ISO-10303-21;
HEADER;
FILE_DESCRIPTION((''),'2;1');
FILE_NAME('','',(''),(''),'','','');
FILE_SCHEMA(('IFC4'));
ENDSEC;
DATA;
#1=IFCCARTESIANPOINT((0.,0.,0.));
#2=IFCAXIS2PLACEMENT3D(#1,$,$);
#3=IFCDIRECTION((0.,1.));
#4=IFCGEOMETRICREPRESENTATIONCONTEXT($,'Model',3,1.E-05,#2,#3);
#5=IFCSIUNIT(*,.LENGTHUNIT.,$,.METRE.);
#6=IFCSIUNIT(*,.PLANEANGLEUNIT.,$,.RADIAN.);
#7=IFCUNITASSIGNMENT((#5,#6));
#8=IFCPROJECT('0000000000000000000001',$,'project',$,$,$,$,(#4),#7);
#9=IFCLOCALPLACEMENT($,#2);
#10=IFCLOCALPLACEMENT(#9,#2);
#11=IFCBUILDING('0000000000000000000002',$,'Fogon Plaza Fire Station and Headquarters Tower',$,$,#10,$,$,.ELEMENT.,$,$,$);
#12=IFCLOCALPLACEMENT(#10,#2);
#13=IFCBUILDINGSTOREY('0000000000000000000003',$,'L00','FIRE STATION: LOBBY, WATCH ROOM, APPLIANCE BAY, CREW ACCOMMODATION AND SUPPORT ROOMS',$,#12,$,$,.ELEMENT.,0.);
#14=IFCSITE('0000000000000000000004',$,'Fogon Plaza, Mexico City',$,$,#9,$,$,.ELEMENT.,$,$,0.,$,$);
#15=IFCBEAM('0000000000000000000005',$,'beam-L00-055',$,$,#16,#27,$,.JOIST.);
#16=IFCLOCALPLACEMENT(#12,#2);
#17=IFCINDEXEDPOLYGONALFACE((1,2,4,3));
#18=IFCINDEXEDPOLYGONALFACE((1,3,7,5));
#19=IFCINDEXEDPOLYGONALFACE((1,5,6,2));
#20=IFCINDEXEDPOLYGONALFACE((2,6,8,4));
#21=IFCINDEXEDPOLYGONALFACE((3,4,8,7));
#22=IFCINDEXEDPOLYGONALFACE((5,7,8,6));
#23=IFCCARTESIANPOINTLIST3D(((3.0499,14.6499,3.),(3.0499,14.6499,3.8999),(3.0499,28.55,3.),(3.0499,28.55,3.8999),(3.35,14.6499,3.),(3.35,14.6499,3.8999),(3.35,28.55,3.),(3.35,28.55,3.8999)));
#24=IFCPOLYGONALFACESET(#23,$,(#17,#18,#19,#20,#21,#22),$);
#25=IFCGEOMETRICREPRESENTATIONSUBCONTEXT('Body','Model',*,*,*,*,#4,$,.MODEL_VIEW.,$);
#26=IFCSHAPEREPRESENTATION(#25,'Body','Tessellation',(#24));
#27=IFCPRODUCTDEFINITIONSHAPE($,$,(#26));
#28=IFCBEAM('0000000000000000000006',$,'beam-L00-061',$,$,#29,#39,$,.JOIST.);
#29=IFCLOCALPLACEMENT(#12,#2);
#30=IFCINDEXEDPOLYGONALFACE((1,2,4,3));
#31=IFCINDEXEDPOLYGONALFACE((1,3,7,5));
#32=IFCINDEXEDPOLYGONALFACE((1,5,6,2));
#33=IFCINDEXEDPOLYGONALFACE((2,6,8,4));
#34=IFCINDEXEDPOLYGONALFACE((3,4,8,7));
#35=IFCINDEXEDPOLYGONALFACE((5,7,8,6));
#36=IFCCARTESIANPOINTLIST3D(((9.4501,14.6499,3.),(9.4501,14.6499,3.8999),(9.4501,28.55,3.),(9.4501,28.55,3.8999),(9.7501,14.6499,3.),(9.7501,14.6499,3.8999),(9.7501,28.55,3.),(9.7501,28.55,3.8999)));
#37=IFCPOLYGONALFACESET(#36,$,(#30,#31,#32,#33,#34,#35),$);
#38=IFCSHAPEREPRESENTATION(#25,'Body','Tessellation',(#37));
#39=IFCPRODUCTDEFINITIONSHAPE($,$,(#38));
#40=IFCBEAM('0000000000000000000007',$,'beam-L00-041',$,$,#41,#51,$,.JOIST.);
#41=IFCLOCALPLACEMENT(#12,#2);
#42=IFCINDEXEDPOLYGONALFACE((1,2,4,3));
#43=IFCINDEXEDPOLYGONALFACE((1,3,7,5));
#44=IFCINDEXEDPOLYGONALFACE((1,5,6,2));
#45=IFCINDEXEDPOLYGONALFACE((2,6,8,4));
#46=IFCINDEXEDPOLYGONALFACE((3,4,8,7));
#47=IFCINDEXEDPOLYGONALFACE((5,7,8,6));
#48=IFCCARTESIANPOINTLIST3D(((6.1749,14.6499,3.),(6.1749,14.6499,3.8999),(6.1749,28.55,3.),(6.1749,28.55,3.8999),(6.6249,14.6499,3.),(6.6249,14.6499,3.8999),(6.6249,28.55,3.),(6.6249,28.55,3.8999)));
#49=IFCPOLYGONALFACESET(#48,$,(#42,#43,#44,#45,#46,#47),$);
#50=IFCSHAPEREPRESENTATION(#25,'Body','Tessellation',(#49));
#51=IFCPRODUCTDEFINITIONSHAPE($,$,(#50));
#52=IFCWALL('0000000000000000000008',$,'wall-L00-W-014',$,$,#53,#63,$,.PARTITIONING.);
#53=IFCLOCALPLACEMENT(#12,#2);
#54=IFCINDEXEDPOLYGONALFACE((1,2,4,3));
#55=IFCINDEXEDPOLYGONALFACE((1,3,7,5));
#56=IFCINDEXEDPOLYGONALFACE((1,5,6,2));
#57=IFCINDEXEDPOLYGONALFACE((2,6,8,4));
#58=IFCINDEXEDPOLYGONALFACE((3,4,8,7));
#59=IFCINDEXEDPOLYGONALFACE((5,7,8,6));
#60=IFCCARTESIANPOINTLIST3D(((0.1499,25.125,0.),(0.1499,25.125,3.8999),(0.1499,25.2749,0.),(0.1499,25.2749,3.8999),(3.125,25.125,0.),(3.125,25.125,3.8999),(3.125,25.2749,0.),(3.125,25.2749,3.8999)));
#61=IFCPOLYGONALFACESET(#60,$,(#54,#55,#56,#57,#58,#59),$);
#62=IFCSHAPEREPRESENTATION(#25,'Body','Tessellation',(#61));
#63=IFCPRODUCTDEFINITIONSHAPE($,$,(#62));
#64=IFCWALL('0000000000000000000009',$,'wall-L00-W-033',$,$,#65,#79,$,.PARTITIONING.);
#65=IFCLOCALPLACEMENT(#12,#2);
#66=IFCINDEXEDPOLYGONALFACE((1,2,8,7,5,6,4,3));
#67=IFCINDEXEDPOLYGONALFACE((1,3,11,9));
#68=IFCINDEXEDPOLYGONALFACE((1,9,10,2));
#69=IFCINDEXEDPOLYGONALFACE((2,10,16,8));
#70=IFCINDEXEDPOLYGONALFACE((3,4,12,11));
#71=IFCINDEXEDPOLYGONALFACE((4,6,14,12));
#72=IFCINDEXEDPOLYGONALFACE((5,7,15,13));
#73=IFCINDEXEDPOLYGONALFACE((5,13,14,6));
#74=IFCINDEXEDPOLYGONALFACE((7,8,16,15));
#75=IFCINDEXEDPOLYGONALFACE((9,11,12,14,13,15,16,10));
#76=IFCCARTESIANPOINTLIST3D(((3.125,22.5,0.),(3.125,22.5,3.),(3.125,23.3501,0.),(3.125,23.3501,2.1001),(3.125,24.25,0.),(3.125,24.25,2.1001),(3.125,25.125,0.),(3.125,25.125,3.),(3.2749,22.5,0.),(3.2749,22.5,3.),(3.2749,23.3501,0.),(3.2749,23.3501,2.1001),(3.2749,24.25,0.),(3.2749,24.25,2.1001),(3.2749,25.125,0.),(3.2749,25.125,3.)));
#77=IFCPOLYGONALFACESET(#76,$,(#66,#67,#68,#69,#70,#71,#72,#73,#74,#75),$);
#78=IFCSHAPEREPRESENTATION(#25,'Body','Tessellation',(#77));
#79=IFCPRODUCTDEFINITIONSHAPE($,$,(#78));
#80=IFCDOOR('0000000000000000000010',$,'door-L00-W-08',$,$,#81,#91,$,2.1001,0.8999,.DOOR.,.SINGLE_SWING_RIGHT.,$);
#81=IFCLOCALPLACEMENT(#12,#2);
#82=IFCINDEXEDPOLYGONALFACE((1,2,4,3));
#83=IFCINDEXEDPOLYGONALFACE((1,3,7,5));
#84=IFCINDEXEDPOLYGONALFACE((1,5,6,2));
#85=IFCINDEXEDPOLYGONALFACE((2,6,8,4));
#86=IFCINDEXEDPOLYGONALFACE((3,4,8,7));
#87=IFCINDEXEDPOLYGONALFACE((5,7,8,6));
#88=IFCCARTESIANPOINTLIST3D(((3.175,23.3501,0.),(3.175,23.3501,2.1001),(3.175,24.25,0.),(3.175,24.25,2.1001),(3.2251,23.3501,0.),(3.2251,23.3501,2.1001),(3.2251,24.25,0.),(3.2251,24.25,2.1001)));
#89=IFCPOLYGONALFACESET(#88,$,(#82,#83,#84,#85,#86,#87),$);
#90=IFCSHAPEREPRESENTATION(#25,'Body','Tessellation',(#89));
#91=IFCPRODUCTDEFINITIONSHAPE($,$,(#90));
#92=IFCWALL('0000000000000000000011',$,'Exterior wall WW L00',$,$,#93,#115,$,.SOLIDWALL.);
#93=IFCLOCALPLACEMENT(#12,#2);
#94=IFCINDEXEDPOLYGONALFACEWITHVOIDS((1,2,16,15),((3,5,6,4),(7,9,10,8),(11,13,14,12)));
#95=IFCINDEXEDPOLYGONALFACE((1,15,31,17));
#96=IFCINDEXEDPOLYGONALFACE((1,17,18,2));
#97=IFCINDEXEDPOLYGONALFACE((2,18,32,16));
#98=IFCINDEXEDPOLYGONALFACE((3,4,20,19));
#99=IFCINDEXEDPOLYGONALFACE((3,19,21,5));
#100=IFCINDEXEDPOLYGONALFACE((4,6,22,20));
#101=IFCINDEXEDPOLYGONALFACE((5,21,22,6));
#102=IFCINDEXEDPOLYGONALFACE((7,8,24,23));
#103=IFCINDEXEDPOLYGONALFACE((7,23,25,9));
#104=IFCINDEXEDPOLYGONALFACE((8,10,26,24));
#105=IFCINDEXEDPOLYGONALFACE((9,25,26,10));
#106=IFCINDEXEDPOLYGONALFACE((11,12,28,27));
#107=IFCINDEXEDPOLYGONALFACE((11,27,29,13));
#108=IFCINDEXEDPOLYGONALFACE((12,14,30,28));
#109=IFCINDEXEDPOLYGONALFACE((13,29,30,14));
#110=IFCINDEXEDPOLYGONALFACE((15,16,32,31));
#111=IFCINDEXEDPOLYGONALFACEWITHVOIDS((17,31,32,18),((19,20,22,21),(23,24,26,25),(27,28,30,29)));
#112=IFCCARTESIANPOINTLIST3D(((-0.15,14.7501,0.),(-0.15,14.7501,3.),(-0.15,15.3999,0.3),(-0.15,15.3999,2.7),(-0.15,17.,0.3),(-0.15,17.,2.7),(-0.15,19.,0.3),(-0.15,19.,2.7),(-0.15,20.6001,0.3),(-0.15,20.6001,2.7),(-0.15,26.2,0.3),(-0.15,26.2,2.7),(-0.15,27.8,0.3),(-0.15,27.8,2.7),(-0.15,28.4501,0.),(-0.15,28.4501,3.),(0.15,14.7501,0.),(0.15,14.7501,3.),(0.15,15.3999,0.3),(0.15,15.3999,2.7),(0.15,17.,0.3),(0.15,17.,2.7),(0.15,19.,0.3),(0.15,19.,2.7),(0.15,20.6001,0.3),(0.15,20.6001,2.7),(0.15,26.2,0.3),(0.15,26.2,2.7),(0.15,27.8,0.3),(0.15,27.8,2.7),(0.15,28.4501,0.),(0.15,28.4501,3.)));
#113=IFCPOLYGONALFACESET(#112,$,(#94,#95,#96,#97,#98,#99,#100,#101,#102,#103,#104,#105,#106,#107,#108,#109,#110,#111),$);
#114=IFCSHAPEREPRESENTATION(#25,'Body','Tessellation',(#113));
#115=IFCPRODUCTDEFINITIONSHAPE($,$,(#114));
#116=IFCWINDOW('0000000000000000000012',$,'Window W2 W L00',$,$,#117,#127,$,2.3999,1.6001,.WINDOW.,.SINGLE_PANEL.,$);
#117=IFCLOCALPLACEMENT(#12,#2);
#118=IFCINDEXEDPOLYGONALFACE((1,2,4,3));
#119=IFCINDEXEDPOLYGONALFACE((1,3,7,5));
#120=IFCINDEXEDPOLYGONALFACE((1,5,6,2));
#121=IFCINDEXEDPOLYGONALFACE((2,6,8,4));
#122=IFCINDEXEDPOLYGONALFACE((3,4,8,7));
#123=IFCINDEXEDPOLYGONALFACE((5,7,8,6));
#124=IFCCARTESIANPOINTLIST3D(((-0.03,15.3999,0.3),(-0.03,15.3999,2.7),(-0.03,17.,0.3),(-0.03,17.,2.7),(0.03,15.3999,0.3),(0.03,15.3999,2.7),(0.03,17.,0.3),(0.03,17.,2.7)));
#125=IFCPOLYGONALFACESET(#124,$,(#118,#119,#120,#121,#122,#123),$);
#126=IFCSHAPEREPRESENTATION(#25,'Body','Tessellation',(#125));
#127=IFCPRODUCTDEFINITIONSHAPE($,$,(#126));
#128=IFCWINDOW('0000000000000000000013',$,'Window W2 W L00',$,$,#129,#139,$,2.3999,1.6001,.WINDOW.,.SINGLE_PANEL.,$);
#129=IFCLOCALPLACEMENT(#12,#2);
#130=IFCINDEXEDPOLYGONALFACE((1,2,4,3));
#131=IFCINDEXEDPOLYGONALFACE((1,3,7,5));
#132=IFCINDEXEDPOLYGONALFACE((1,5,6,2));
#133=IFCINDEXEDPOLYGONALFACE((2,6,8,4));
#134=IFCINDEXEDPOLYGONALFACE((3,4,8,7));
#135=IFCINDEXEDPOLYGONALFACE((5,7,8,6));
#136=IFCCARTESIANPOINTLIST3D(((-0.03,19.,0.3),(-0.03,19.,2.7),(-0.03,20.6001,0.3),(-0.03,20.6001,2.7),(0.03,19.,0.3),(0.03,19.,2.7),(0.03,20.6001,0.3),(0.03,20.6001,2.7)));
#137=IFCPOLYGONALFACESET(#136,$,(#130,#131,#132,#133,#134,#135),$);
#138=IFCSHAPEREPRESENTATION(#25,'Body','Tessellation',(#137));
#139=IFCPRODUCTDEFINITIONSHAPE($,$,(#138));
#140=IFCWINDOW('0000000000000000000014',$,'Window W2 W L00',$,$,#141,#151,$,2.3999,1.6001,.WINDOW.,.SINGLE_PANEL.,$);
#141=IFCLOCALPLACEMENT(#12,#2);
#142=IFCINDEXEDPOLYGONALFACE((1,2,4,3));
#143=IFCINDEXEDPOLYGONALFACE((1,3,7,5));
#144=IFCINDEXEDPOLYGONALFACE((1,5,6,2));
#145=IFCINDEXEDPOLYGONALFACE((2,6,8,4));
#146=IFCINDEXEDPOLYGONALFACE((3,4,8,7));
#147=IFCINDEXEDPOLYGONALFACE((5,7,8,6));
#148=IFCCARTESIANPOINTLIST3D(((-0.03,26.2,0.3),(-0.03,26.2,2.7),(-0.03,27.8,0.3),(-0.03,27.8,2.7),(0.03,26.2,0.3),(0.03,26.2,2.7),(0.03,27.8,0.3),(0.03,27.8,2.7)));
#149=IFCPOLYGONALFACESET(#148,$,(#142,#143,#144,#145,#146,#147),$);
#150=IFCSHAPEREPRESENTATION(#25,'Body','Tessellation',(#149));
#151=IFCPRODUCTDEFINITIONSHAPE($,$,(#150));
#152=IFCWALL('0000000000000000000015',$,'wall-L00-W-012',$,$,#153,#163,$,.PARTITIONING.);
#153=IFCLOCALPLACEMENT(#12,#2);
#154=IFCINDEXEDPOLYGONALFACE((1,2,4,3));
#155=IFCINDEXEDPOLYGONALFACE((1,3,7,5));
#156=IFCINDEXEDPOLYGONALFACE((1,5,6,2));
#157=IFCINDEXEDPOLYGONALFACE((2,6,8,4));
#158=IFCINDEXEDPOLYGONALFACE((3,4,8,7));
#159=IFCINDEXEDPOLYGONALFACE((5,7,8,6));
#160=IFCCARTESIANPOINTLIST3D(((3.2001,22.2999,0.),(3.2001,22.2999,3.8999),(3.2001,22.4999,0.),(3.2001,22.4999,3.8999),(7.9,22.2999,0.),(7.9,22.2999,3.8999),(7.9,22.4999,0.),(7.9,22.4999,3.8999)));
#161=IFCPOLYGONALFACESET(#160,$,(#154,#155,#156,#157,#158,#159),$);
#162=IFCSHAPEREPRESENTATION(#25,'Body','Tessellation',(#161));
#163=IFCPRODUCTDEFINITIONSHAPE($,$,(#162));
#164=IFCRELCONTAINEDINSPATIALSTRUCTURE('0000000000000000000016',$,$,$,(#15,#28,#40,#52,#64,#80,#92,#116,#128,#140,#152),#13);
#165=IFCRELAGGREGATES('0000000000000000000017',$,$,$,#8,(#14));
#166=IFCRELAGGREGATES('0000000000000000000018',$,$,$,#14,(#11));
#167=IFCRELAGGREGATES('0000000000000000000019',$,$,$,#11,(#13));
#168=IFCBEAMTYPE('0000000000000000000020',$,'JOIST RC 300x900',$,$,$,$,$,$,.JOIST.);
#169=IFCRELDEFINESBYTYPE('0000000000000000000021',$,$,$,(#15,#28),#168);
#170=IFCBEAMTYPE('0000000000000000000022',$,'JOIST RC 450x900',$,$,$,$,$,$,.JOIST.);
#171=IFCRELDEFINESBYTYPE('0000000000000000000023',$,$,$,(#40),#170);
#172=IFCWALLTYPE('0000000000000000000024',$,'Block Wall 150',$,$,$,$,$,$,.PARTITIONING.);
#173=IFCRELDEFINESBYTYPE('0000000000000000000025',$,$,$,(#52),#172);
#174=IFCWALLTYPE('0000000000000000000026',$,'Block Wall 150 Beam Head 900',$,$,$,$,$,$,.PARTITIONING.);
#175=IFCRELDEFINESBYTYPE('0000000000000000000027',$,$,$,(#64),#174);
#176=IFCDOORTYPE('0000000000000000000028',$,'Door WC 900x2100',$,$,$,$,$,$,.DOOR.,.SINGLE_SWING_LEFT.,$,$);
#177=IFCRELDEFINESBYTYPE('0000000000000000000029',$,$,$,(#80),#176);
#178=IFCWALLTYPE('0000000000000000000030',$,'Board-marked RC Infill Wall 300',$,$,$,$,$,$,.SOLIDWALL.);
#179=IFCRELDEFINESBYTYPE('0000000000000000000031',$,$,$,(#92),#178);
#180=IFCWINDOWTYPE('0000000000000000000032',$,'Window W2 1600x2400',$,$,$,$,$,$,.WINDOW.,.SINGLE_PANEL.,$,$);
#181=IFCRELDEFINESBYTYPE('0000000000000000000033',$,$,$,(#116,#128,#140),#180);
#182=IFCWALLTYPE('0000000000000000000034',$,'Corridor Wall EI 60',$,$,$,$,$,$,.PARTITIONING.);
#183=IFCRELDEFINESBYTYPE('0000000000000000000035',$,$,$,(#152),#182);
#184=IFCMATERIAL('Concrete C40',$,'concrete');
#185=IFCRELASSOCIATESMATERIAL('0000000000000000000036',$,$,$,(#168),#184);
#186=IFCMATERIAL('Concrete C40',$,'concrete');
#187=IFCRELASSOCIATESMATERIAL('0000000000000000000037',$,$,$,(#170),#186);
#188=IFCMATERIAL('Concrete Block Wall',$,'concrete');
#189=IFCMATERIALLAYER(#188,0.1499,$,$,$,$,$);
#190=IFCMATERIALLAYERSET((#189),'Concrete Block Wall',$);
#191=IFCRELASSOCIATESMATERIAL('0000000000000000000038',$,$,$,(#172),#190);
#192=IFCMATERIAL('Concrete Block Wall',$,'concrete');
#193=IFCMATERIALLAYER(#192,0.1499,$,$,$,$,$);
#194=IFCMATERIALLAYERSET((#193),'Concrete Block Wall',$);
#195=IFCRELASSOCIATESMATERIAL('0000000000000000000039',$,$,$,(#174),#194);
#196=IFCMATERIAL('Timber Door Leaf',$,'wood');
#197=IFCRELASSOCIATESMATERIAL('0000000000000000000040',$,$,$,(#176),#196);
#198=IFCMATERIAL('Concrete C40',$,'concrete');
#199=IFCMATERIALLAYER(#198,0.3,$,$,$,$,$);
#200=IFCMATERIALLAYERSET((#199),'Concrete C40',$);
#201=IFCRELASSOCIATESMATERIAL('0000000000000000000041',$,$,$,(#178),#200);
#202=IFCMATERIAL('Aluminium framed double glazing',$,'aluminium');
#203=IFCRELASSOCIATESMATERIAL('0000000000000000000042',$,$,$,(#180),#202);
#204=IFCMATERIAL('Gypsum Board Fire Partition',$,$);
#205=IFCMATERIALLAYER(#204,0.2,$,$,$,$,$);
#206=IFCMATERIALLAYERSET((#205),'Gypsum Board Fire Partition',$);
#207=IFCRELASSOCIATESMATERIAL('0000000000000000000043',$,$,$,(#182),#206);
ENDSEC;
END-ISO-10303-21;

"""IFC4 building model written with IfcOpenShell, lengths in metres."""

from ifc_helpers import new_model, si_unit, direction, frame, frame_2d, origin, origin_2d, place, context, subcontext, project, spatial, rectangle, extrude, material, layer, layer_set, material_profile, profile_set, type_object, element, fill, save


model = new_model("IFC4")

# Units and contexts
model_context = context("Model", 3, precision=1e-05, world=origin(), true_north=direction((0.0, 1.0)))
body_context = subcontext(model_context, "Body", "Model", "MODEL_VIEW")
ifc_project = project(units=[si_unit("LENGTHUNIT", "METRE"), si_unit("PLANEANGLEUNIT", "RADIAN")], contexts=[model_context])

# Site, building, storey
site_placement = place(None, origin())
site = spatial("IfcSite", under=ifc_project, at=site_placement, Name="Fogon Plaza, Mexico City", CompositionType="ELEMENT", RefElevation=0.0)
building_placement = place(site_placement, origin())
building = spatial("IfcBuilding", under=site, at=building_placement, Name="Fogon Plaza Fire Station and Headquarters Tower", CompositionType="ELEMENT")
storey_placement = place(building_placement, origin())
storey = spatial("IfcBuildingStorey", under=building, at=storey_placement, Name="L00", Description="FIRE STATION: LOBBY, WATCH ROOM, APPLIANCE BAY, CREW ACCOMMODATION AND SUPPORT ROOMS", CompositionType="ELEMENT", Elevation=0.0)

# Beams
ifc_material_1 = material(Name="Concrete C40", Category="concrete")
ifc_material_profile_1 = material_profile(ifc_material_1, rectangle(XDim=0.3, YDim=0.8999, at=origin_2d()), Name="RC 300x900")
ifc_profile_set_1 = profile_set([ifc_material_profile_1], Name="Concrete C40")
beam_type_1 = type_object("IfcBeamType", Name="JOIST RC 300x900", PredefinedType="JOIST", material=ifc_profile_set_1)
for number, where, z_axis, x_axis, name in (
    (1, (3.2, 14.6499, 3.45), (0.0, 1.0, 0.0), (-1.0, 0.0, 0.0), "beam-L00-055"),
    (2, (9.6001, 14.6499, 3.45), (0.0, 1.0, 0.0), (-1.0, 0.0, 0.0), "beam-L00-061"),
):
    element("IfcBeam", number, at=place(storey_placement, frame(where, z_axis=z_axis, x_axis=x_axis)), inside=storey, type_object=beam_type_1, Name=name, PredefinedType="JOIST", context=body_context, shape_type="SweptSolid", body=[
        extrude(rectangle(XDim=0.3, YDim=0.8999, at=origin_2d()), origin(), (0.0, 0.0, 1.0), 13.9001),
    ])
ifc_material_2 = material(Name="Concrete C40", Category="concrete")
ifc_material_profile_2 = material_profile(ifc_material_2, rectangle(XDim=0.45, YDim=0.8999, at=origin_2d()), Name="RC 450x900")
ifc_profile_set_2 = profile_set([ifc_material_profile_2], Name="Concrete C40")
beam_type_2 = type_object("IfcBeamType", Name="JOIST RC 450x900", PredefinedType="JOIST", material=ifc_profile_set_2)
beam_placement = place(storey_placement, frame((6.3999, 14.6499, 3.45), z_axis=(0.0, 1.0, 0.0), x_axis=(-1.0, 0.0, 0.0)))
element("IfcBeam", 3, at=beam_placement, inside=storey, type_object=beam_type_2, Name="beam-L00-041", PredefinedType="JOIST", context=body_context, shape_type="SweptSolid", body=[
    extrude(rectangle(XDim=0.45, YDim=0.8999, at=origin_2d()), origin(), (0.0, 0.0, 1.0), 13.9001),
])

# Wall
ifc_material_3 = material(Name="Concrete Block Wall", Category="concrete")
ifc_layer_1 = layer(ifc_material_3, 0.1499)
ifc_layer_set_1 = layer_set([ifc_layer_1], Name="Concrete Block Wall")
wall_type_1 = type_object("IfcWallType", Name="Block Wall 150", PredefinedType="PARTITIONING", material=ifc_layer_set_1)
wall_1_placement = place(storey_placement, frame((0.1499, 25.2, 0.0), z_axis=(0.0, 0.0, 1.0), x_axis=(1.0, 0.0, 0.0)))
element("IfcWall", 4, at=wall_1_placement, inside=storey, type_object=wall_type_1, Name="wall-L00-W-014", PredefinedType="PARTITIONING", context=body_context, shape_type="SweptSolid", body=[
    extrude(rectangle(XDim=2.9751, YDim=0.1499, at=frame_2d((1.4875, 0.0))), origin(), (0.0, 0.0, 1.0), 3.8999),
])

# Wall, opening, door
ifc_material_4 = material(Name="Concrete Block Wall", Category="concrete")
ifc_layer_2 = layer(ifc_material_4, 0.1499)
ifc_layer_set_2 = layer_set([ifc_layer_2], Name="Concrete Block Wall")
wall_type_2 = type_object("IfcWallType", Name="Block Wall 150 Beam Head 900", PredefinedType="PARTITIONING", material=ifc_layer_set_2)
wall_2_placement = place(storey_placement, frame((3.2, 22.5, 0.0), z_axis=(0.0, 0.0, 1.0), x_axis=(0.0, 1.0, 0.0)))
wall_2 = element("IfcWall", 5, at=wall_2_placement, inside=storey, type_object=wall_type_2, Name="wall-L00-W-033", PredefinedType="PARTITIONING", context=body_context, shape_type="SweptSolid", body=[
    extrude(rectangle(XDim=2.625, YDim=0.1499, at=frame_2d((1.3125, 0.0))), origin(), (0.0, 0.0, 1.0), 3.0),
])
opening_1_placement = place(wall_2_placement, frame((0.8501, 0.0, 0.0)))
opening_1 = element("IfcOpeningElement", 6, at=opening_1_placement, cuts=wall_2, PredefinedType="OPENING", context=body_context, shape_type="SweptSolid", body=[
    extrude(rectangle(XDim=0.8999, YDim=2.1001, at=frame_2d((0.45, 1.05))), frame((0.0, 0.085, 0.0), z_axis=(0.0, -1.0, 0.0), x_axis=(1.0, 0.0, 0.0)), (0.0, 0.0, 1.0), 0.1699),
])
ifc_material_5 = material(Name="Timber Door Leaf", Category="wood")
door_type_1 = type_object("IfcDoorType", Name="Door WC 900x2100", OperationType="SINGLE_SWING_LEFT", PredefinedType="DOOR", material=ifc_material_5)
door_1_placement = place(opening_1_placement, origin())
door_1 = element("IfcDoor", 7, at=door_1_placement, inside=storey, type_object=door_type_1, Name="door-L00-W-08", OperationType="SINGLE_SWING_RIGHT", OverallHeight=2.1001, OverallWidth=0.8999, PredefinedType="DOOR", context=body_context, shape_type="SweptSolid", body=[
    extrude(rectangle(XDim=0.8999, YDim=2.1001, at=frame_2d((0.45, 1.05))), frame((0.0, 0.0249, 0.0), z_axis=(0.0, -1.0, 0.0), x_axis=(1.0, 0.0, 0.0)), (0.0, 0.0, 1.0), 0.05),
])
fill(opening_1, door_1)

# Wall, openings, windows
ifc_material_6 = material(Name="Concrete C40", Category="concrete")
ifc_layer_3 = layer(ifc_material_6, 0.3)
ifc_layer_set_3 = layer_set([ifc_layer_3], Name="Concrete C40")
wall_type_3 = type_object("IfcWallType", Name="Board-marked RC Infill Wall 300", PredefinedType="SOLIDWALL", material=ifc_layer_set_3)
wall_3_placement = place(storey_placement, frame((0.0, 14.75, 0.0), z_axis=(0.0, 0.0, 1.0), x_axis=(0.0, 1.0, 0.0)))
wall_3 = element("IfcWall", 8, at=wall_3_placement, inside=storey, type_object=wall_type_3, Name="Exterior wall WW L00", PredefinedType="SOLIDWALL", context=body_context, shape_type="SweptSolid", body=[
    extrude(rectangle(XDim=13.7, YDim=0.3, at=frame_2d((6.8501, 0.0))), origin(), (0.0, 0.0, 1.0), 3.0),
])
opening_2_placement = place(wall_3_placement, frame((0.6499, 0.0, 0.3)))
opening_2 = element("IfcOpeningElement", 9, at=opening_2_placement, cuts=wall_3, PredefinedType="OPENING", context=body_context, shape_type="SweptSolid", body=[
    extrude(rectangle(XDim=1.6001, YDim=2.3999, at=frame_2d((0.8, 1.2))), frame((0.0, 0.1599, 0.0), z_axis=(0.0, -1.0, 0.0), x_axis=(1.0, 0.0, 0.0)), (0.0, 0.0, 1.0), 0.3201),
])
opening_3_placement = place(wall_3_placement, frame((4.25, 0.0, 0.3)))
opening_3 = element("IfcOpeningElement", 10, at=opening_3_placement, cuts=wall_3, PredefinedType="OPENING", context=body_context, shape_type="SweptSolid", body=[
    extrude(rectangle(XDim=1.6001, YDim=2.3999, at=frame_2d((0.8, 1.2))), frame((0.0, 0.1599, 0.0), z_axis=(0.0, -1.0, 0.0), x_axis=(1.0, 0.0, 0.0)), (0.0, 0.0, 1.0), 0.3201),
])
opening_4_placement = place(wall_3_placement, frame((11.45, 0.0, 0.3)))
opening_4 = element("IfcOpeningElement", 11, at=opening_4_placement, cuts=wall_3, PredefinedType="OPENING", context=body_context, shape_type="SweptSolid", body=[
    extrude(rectangle(XDim=1.6001, YDim=2.3999, at=frame_2d((0.8, 1.2))), frame((0.0, 0.1599, 0.0), z_axis=(0.0, -1.0, 0.0), x_axis=(1.0, 0.0, 0.0)), (0.0, 0.0, 1.0), 0.3201),
])
ifc_material_7 = material(Name="Aluminium framed double glazing", Category="aluminium")
window_type = type_object("IfcWindowType", Name="Window W2 1600x2400", PartitioningType="SINGLE_PANEL", PredefinedType="WINDOW", material=ifc_material_7)
window_1_placement = place(opening_2_placement, origin())
window_1 = element("IfcWindow", 12, at=window_1_placement, inside=storey, type_object=window_type, Name="Window W2 W L00", OverallHeight=2.3999, OverallWidth=1.6001, PartitioningType="SINGLE_PANEL", PredefinedType="WINDOW", context=body_context, shape_type="SweptSolid", body=[
    extrude(rectangle(XDim=1.6001, YDim=2.3999, at=frame_2d((0.8, 1.2))), frame((0.0, 0.03, 0.0), z_axis=(0.0, -1.0, 0.0), x_axis=(1.0, 0.0, 0.0)), (0.0, 0.0, 1.0), 0.0601),
])
fill(opening_2, window_1)
window_2_placement = place(opening_3_placement, origin())
window_2 = element("IfcWindow", 13, at=window_2_placement, inside=storey, type_object=window_type, Name="Window W2 W L00", OverallHeight=2.3999, OverallWidth=1.6001, PartitioningType="SINGLE_PANEL", PredefinedType="WINDOW", context=body_context, shape_type="SweptSolid", body=[
    extrude(rectangle(XDim=1.6001, YDim=2.3999, at=frame_2d((0.8, 1.2))), frame((0.0, 0.03, 0.0), z_axis=(0.0, -1.0, 0.0), x_axis=(1.0, 0.0, 0.0)), (0.0, 0.0, 1.0), 0.0601),
])
fill(opening_3, window_2)
window_3_placement = place(opening_4_placement, origin())
window_3 = element("IfcWindow", 14, at=window_3_placement, inside=storey, type_object=window_type, Name="Window W2 W L00", OverallHeight=2.3999, OverallWidth=1.6001, PartitioningType="SINGLE_PANEL", PredefinedType="WINDOW", context=body_context, shape_type="SweptSolid", body=[
    extrude(rectangle(XDim=1.6001, YDim=2.3999, at=frame_2d((0.8, 1.2))), frame((0.0, 0.03, 0.0), z_axis=(0.0, -1.0, 0.0), x_axis=(1.0, 0.0, 0.0)), (0.0, 0.0, 1.0), 0.0601),
])
fill(opening_4, window_3)

# Wall
ifc_material_8 = material(Name="Gypsum Board Fire Partition")
ifc_layer_4 = layer(ifc_material_8, 0.2)
ifc_layer_set_4 = layer_set([ifc_layer_4], Name="Gypsum Board Fire Partition")
wall_type_4 = type_object("IfcWallType", Name="Corridor Wall EI 60", PredefinedType="PARTITIONING", material=ifc_layer_set_4)
wall_4_placement = place(storey_placement, frame((3.2, 22.3999, 0.0), z_axis=(0.0, 0.0, 1.0), x_axis=(1.0, 0.0, 0.0)))
element("IfcWall", 15, at=wall_4_placement, inside=storey, type_object=wall_type_4, Name="wall-L00-W-012", PredefinedType="PARTITIONING", context=body_context, shape_type="SweptSolid", body=[
    extrude(rectangle(XDim=4.7, YDim=0.2, at=frame_2d((2.3501, 0.0))), origin(), (0.0, 0.0, 1.0), 3.8999),
])

save(model, "model.ifc")
